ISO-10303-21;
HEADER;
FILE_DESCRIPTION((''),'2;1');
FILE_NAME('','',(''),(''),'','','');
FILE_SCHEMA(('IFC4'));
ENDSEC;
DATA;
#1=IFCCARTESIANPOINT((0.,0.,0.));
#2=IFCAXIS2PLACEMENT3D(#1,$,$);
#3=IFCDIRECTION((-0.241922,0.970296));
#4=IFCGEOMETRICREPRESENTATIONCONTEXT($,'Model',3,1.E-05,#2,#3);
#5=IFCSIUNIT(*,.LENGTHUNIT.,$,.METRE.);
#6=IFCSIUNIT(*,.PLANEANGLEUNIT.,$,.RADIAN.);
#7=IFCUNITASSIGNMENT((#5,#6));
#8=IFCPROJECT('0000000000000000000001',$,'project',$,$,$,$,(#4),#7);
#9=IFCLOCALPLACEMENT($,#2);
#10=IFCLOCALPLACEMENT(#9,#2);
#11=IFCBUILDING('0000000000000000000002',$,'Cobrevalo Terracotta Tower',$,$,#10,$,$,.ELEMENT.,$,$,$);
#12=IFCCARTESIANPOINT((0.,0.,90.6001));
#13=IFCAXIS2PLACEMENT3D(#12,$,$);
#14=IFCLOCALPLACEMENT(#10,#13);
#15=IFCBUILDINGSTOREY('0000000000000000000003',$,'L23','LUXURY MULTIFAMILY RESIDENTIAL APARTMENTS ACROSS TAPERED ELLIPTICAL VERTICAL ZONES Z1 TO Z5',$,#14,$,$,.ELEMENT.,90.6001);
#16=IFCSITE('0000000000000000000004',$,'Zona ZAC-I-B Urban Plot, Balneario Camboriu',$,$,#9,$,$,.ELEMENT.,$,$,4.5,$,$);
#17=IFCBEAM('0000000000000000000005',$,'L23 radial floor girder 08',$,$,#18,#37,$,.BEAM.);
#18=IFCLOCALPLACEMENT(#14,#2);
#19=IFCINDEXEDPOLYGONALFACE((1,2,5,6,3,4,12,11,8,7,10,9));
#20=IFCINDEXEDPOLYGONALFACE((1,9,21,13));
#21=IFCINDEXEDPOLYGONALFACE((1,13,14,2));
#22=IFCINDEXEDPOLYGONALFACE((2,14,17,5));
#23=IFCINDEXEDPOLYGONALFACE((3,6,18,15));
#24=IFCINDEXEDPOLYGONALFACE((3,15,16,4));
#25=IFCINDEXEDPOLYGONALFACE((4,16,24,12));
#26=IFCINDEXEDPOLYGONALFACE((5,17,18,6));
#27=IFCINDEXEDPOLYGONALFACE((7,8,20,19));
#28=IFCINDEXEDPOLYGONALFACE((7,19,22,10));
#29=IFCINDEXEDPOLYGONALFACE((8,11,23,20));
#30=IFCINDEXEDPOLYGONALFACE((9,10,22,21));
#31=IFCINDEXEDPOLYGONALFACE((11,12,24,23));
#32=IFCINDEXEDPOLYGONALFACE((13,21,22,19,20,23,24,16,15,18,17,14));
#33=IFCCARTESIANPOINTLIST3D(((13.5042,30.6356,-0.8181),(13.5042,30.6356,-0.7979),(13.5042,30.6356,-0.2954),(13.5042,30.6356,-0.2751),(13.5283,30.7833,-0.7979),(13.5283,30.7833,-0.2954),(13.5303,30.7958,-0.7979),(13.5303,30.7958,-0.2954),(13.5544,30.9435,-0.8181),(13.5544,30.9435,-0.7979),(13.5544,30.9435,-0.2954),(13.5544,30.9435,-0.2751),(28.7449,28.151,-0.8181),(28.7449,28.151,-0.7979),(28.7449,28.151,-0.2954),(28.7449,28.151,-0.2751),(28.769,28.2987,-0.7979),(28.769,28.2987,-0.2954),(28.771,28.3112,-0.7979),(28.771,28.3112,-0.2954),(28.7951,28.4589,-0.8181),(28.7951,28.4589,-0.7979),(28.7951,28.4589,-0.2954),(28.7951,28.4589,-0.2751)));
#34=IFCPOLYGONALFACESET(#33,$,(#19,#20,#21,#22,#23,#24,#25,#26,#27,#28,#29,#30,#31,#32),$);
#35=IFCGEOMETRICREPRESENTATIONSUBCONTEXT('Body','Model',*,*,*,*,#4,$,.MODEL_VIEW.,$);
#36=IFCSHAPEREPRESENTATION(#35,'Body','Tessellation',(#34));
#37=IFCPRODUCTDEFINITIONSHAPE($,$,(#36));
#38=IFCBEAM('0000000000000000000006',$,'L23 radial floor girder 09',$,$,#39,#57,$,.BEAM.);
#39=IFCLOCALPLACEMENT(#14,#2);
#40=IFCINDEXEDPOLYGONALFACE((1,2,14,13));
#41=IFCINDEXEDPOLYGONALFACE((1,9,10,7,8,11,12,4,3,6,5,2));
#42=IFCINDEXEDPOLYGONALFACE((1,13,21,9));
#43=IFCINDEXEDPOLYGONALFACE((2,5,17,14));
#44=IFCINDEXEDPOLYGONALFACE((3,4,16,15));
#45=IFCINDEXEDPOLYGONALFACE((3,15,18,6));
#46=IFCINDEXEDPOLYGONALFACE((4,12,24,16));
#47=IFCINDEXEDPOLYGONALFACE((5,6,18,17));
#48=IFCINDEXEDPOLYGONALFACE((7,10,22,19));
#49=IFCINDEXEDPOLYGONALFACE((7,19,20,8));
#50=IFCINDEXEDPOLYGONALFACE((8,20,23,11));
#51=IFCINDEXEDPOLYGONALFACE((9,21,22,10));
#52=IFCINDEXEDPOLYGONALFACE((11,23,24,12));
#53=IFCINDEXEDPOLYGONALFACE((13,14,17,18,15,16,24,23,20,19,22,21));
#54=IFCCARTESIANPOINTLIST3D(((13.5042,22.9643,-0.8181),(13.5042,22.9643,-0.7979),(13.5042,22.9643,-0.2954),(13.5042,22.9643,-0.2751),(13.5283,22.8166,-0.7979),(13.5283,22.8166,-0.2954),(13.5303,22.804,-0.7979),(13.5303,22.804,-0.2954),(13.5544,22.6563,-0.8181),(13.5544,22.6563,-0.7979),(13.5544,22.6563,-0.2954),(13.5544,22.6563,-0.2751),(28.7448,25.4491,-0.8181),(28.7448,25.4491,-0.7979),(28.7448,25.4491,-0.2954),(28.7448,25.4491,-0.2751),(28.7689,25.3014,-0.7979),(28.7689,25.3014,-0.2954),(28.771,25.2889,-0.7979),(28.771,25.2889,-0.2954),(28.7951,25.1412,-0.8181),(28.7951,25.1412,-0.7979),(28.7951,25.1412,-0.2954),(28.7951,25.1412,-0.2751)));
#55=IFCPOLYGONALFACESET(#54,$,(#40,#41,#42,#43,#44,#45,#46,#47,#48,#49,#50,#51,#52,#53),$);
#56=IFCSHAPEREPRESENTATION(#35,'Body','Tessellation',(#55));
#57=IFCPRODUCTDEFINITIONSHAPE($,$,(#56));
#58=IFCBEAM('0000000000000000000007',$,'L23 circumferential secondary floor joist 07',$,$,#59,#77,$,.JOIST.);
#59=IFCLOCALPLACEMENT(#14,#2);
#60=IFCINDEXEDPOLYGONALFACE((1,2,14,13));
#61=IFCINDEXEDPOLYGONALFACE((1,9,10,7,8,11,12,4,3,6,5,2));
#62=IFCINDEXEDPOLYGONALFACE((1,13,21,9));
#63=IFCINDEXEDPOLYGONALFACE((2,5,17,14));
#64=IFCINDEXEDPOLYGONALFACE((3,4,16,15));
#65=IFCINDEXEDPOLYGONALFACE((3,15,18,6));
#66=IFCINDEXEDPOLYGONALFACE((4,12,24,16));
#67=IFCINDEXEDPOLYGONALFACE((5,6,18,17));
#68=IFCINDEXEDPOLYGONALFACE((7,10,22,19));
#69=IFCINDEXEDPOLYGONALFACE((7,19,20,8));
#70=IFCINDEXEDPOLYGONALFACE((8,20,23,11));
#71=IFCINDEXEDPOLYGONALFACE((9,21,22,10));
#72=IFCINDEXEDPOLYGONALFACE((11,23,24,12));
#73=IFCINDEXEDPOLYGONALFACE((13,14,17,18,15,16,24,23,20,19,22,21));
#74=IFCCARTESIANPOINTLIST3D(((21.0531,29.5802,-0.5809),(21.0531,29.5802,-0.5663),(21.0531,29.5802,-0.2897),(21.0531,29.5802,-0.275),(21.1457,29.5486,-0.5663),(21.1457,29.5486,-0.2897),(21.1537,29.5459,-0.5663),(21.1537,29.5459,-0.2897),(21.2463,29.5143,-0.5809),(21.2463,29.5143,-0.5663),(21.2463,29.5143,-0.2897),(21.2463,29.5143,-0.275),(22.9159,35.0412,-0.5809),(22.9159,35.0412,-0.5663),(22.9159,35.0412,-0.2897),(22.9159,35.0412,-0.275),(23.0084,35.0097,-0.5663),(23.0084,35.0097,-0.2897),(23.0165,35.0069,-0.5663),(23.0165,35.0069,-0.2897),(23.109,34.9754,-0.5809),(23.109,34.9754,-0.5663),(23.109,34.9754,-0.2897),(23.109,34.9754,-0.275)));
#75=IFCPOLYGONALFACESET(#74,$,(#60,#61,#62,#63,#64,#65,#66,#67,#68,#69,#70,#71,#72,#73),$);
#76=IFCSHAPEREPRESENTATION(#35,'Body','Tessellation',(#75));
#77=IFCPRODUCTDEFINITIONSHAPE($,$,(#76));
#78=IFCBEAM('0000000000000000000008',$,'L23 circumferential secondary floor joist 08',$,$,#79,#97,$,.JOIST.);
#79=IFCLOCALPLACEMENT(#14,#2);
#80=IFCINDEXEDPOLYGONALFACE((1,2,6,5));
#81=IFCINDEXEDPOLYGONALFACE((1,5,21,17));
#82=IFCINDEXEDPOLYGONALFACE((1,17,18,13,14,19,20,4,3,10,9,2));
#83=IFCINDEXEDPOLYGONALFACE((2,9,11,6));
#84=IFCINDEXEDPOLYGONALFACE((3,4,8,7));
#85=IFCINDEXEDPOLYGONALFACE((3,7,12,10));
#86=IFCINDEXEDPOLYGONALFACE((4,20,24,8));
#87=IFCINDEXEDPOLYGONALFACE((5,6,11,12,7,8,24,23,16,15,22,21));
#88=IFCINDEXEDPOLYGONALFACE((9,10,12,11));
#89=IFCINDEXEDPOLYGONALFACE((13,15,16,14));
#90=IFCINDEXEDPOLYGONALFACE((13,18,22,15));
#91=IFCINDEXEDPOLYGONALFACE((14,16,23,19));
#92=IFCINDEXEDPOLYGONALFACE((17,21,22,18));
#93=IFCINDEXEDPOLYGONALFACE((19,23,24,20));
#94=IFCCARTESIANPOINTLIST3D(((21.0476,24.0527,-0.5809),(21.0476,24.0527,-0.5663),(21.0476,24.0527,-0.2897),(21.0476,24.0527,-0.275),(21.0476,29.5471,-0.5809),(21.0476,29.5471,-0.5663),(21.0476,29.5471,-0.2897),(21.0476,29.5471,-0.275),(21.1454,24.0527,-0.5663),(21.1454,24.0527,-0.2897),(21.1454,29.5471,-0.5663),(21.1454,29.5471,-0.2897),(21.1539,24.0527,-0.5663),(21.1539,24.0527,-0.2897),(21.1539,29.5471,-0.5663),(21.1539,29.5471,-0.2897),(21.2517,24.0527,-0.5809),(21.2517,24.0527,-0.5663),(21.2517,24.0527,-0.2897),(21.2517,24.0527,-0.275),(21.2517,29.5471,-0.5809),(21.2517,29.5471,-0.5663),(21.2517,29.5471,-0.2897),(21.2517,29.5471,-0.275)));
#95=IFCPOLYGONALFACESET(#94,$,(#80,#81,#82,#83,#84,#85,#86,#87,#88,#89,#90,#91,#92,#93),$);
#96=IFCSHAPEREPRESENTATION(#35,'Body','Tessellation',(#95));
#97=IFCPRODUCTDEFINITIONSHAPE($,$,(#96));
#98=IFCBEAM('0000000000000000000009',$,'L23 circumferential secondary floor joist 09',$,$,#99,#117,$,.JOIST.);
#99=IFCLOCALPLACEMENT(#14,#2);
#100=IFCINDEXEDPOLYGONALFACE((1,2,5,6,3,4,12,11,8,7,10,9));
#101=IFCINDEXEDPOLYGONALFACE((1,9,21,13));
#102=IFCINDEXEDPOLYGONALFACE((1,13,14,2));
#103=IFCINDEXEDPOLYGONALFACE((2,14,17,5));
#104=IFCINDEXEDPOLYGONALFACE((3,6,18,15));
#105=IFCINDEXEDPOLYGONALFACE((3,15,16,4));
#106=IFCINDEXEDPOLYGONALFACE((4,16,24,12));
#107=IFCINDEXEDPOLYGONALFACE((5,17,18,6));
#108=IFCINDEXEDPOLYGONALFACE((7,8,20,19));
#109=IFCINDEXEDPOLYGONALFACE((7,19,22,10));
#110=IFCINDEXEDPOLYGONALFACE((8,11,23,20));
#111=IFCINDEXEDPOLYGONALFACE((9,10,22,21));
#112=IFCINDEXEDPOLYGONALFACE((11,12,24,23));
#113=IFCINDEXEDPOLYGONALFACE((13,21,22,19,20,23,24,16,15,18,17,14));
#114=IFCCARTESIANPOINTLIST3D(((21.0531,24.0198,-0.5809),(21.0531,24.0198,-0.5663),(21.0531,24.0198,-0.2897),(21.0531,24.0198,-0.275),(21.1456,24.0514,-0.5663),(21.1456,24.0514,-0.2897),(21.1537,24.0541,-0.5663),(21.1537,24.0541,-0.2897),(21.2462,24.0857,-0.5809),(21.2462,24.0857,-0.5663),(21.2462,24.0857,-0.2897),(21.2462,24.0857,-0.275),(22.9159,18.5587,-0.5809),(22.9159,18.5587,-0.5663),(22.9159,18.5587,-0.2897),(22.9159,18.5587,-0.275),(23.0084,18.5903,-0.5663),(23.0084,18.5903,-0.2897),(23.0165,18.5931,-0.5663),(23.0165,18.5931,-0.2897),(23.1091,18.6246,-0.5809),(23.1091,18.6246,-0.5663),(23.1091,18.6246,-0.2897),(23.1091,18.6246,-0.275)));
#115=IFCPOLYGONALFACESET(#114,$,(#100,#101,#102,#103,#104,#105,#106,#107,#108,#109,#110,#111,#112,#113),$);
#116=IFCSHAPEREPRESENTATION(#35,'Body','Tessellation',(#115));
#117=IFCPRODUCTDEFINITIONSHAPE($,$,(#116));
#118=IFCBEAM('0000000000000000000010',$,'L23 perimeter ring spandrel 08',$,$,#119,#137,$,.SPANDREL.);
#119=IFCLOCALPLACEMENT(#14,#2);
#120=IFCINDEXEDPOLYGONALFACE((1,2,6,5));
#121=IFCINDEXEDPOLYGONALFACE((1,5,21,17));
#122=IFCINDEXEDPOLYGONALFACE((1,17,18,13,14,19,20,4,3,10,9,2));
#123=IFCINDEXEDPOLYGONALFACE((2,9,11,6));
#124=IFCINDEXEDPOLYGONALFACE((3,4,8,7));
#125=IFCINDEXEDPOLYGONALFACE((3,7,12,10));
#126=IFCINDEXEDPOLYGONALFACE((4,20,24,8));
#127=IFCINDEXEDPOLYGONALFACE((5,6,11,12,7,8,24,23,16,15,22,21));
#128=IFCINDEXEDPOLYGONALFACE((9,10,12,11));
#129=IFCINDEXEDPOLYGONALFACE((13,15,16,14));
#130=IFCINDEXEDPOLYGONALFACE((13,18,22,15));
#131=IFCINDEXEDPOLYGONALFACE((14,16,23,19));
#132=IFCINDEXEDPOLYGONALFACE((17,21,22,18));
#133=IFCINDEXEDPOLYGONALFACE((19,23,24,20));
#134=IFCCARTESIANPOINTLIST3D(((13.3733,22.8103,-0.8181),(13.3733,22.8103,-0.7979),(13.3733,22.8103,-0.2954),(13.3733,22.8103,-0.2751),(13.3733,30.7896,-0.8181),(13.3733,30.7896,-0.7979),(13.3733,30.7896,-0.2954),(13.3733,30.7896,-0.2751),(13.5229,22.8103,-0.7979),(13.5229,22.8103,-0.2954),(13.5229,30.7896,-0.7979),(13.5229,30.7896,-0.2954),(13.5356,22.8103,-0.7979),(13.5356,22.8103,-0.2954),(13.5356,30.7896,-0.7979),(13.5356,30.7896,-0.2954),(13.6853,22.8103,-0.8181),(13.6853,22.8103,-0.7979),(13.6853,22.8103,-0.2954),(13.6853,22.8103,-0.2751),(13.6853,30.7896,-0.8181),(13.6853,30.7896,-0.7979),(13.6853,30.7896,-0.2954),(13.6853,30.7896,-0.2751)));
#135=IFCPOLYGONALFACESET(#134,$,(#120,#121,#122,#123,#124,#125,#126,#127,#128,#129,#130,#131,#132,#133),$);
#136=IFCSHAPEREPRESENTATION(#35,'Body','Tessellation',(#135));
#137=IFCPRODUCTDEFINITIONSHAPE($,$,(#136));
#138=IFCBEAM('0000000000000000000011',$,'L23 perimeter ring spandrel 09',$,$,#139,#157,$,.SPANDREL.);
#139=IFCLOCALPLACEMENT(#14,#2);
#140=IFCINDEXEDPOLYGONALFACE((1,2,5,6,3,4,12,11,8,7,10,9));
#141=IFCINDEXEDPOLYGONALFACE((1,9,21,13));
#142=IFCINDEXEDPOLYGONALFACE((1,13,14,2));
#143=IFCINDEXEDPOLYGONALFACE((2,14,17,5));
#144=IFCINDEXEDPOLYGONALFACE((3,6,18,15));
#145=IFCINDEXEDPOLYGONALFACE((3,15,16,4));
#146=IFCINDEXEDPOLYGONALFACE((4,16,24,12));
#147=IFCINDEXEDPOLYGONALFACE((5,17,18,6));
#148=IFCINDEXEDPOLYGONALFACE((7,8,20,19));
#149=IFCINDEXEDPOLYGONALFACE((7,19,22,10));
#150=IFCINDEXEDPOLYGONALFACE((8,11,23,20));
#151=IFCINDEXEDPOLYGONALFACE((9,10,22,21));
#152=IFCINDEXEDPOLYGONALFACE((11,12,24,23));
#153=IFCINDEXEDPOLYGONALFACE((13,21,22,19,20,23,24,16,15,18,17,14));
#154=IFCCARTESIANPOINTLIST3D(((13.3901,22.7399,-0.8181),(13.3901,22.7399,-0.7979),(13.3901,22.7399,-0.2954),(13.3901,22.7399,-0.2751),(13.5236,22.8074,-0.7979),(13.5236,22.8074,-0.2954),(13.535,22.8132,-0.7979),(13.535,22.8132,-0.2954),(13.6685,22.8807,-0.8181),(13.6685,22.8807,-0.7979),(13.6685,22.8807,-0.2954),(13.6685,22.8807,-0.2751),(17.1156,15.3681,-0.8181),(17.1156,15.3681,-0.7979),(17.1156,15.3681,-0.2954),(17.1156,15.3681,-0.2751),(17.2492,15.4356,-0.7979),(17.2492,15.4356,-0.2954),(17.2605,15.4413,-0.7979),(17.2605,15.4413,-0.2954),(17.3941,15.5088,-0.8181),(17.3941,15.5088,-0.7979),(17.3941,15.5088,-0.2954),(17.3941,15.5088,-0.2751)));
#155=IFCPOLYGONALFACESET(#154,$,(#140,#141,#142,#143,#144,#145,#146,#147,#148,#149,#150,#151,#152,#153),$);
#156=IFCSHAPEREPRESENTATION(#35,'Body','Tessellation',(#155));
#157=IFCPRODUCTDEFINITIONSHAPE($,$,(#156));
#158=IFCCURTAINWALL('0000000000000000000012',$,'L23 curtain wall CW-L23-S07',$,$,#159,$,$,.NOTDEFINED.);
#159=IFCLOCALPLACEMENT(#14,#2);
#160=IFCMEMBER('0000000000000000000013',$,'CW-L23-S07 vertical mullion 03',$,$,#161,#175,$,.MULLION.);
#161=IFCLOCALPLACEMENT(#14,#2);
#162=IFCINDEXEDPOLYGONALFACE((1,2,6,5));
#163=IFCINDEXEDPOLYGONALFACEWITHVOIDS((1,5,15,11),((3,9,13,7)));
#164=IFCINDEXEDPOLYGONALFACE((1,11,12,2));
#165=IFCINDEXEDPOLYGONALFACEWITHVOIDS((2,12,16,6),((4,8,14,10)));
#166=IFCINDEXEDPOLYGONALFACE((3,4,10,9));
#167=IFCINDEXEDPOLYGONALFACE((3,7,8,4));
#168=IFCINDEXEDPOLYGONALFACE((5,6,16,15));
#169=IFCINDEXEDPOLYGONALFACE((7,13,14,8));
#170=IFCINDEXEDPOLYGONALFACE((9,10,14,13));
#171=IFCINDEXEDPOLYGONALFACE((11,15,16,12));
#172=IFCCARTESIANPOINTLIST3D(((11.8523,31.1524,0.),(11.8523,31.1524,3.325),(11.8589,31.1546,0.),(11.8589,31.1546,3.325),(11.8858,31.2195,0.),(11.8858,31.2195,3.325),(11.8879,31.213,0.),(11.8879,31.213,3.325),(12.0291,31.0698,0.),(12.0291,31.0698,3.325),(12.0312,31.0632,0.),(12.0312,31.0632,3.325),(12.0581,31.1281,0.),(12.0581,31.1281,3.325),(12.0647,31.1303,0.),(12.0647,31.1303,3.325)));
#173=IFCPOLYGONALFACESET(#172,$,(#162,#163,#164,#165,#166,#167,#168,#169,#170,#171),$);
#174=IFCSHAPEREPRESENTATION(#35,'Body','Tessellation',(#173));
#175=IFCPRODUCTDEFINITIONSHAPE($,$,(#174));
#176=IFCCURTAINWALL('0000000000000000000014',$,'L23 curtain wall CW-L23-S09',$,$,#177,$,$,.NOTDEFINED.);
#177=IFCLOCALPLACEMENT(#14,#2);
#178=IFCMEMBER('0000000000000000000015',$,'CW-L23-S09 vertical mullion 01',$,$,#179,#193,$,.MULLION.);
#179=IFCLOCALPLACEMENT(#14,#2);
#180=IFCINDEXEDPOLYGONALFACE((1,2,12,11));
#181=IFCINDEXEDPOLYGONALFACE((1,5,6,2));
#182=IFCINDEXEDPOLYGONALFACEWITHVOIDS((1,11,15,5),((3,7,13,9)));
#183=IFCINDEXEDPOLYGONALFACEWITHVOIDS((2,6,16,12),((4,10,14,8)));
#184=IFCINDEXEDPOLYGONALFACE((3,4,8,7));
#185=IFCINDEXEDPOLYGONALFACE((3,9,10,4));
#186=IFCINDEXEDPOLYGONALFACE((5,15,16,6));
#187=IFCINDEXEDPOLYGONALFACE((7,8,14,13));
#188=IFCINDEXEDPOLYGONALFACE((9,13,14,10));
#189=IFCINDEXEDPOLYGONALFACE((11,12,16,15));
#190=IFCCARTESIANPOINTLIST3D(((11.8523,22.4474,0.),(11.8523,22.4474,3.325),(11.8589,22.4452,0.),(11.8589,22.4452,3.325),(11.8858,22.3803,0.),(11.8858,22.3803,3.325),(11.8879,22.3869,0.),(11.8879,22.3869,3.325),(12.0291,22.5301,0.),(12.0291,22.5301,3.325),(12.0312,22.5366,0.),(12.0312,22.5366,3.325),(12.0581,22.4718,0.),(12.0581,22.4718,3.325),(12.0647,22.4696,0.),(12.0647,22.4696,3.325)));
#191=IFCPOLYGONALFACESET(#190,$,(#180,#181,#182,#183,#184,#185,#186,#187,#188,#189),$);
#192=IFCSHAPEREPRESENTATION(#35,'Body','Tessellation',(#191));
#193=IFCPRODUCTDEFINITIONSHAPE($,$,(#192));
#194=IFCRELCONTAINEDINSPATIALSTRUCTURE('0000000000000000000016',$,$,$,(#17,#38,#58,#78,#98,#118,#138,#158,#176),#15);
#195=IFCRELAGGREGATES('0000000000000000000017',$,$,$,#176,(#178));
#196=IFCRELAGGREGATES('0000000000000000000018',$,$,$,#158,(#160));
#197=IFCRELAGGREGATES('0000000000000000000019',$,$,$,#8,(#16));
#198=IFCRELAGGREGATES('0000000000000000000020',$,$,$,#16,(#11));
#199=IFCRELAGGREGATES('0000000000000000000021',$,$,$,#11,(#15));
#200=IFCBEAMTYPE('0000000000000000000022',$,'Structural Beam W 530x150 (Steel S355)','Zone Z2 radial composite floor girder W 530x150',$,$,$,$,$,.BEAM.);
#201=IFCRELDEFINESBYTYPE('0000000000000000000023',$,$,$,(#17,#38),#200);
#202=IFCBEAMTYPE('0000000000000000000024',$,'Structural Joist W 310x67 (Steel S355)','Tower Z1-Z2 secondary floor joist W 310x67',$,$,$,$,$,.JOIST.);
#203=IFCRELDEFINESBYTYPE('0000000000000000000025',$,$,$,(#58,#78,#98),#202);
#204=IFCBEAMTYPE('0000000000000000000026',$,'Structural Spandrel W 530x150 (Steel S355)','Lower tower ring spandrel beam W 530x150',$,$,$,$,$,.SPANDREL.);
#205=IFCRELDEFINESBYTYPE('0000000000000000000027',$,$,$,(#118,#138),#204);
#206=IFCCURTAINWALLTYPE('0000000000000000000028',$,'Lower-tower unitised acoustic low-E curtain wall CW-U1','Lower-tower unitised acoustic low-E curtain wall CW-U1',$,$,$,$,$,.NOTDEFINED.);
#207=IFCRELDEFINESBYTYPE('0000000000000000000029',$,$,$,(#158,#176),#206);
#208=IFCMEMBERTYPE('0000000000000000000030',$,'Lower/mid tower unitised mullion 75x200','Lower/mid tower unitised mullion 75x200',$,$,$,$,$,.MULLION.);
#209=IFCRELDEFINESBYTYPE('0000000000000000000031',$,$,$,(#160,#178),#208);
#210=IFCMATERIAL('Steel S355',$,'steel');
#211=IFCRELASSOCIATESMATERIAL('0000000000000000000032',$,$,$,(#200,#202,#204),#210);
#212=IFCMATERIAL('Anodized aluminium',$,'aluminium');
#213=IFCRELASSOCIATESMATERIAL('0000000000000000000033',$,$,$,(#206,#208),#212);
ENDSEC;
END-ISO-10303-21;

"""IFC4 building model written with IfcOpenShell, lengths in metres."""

from ifc_helpers import new_model, si_unit, direction, frame, origin, origin_2d, place, context, subcontext, project, spatial, hollow_rectangle, i_section, extrude, source, transform, mapped, material, material_profile, profile_set, type_object, element, aggregate, save


model = new_model("IFC4")

# Units and contexts
model_context = context("Model", 3, precision=1e-05, world=origin(), true_north=direction((-0.241922, 0.970296)))
body_context = subcontext(model_context, "Body", "Model", "MODEL_VIEW")
ifc_project = project(units=[si_unit("LENGTHUNIT", "METRE"), si_unit("PLANEANGLEUNIT", "RADIAN")], contexts=[model_context])

# Site, building, storey
site_placement = place(None, origin())
site = spatial("IfcSite", under=ifc_project, at=site_placement, Name="Zona ZAC-I-B Urban Plot, Balneario Camboriu", CompositionType="ELEMENT", RefElevation=4.5)
building_placement = place(site_placement, origin())
building = spatial("IfcBuilding", under=site, at=building_placement, Name="Cobrevalo Terracotta Tower", CompositionType="ELEMENT")
storey_placement = place(building_placement, frame((0.0, 0.0, 90.6001)))
storey = spatial("IfcBuildingStorey", under=building, at=storey_placement, Name="L23", Description="LUXURY MULTIFAMILY RESIDENTIAL APARTMENTS ACROSS TAPERED ELLIPTICAL VERTICAL ZONES Z1 TO Z5", CompositionType="ELEMENT", Elevation=90.6001)

# Shared definitions
ifc_material_1 = material(Name="Steel S355", Category="steel")

# Beams
ifc_material_profile_1 = material_profile(ifc_material_1, i_section(OverallWidth=0.312, OverallDepth=0.543, WebThickness=0.0127, FlangeThickness=0.0203, at=origin_2d()), Name="W 530x150")
ifc_profile_set_1 = profile_set([ifc_material_profile_1], Name="Steel S355")
beam_type_1 = type_object("IfcBeamType", Name="Structural Beam W 530x150 (Steel S355)", Description="Zone Z2 radial composite floor girder W 530x150", PredefinedType="BEAM", material=ifc_profile_set_1)
for number, where, z_axis, x_axis, name in (
    (1, (13.5293, 30.7896, -0.5466), (0.986971, -0.160901, 0.0), (0.160901, 0.986971, 0.0), "L23 radial floor girder 08"),
    (2, (13.5293, 22.8103, -0.5466), (0.986968, 0.160916, 0.0), (-0.160916, 0.986968, 0.0), "L23 radial floor girder 09"),
):
    element("IfcBeam", number, at=place(storey_placement, frame(where, z_axis=z_axis, x_axis=x_axis)), inside=storey, type_object=beam_type_1, Name=name, PredefinedType="BEAM", context=body_context, shape_type="SweptSolid", body=[
        extrude(i_section(OverallWidth=0.312, OverallDepth=0.543, WebThickness=0.0127, FlangeThickness=0.0203, at=origin_2d()), origin(), (0.0, 0.0, 1.0), 15.4419),
    ])
ifc_material_profile_2 = material_profile(ifc_material_1, i_section(OverallWidth=0.2041, OverallDepth=0.3059, WebThickness=0.0085, FlangeThickness=0.0146, at=origin_2d()), Name="W 310x67")
ifc_profile_set_2 = profile_set([ifc_material_profile_2], Name="Steel S355")
beam_type_2 = type_object("IfcBeamType", Name="Structural Joist W 310x67 (Steel S355)", Description="Tower Z1-Z2 secondary floor joist W 310x67", PredefinedType="JOIST", material=ifc_profile_set_2)
beam_1_placement = place(storey_placement, frame((23.0125, 35.0083, -0.428), z_axis=(-0.322833, -0.946456, 0.0), x_axis=(0.946456, -0.322833, 0.0)))
element("IfcBeam", 3, at=beam_1_placement, inside=storey, type_object=beam_type_2, Name="L23 circumferential secondary floor joist 07", PredefinedType="JOIST", context=body_context, shape_type="SweptSolid", body=[
    extrude(i_section(OverallWidth=0.2041, OverallDepth=0.3059, WebThickness=0.0085, FlangeThickness=0.0146, at=origin_2d()), origin(), (0.0, 0.0, 1.0), 5.77),
])
beam_2_placement = place(storey_placement, frame((21.1497, 29.5471, -0.428), z_axis=(0.0, -1.0, 0.0), x_axis=(1.0, 0.0, 0.0)))
element("IfcBeam", 4, at=beam_2_placement, inside=storey, type_object=beam_type_2, Name="L23 circumferential secondary floor joist 08", PredefinedType="JOIST", context=body_context, shape_type="SweptSolid", body=[
    extrude(i_section(OverallWidth=0.2041, OverallDepth=0.3059, WebThickness=0.0085, FlangeThickness=0.0146, at=origin_2d()), origin(), (0.0, 0.0, 1.0), 5.4944),
])
beam_3_placement = place(storey_placement, frame((21.1497, 24.0527, -0.428), z_axis=(0.322846, -0.946451, 0.0), x_axis=(0.946451, 0.322846, 0.0)))
element("IfcBeam", 5, at=beam_3_placement, inside=storey, type_object=beam_type_2, Name="L23 circumferential secondary floor joist 09", PredefinedType="JOIST", context=body_context, shape_type="SweptSolid", body=[
    extrude(i_section(OverallWidth=0.2041, OverallDepth=0.3059, WebThickness=0.0085, FlangeThickness=0.0146, at=origin_2d()), origin(), (0.0, 0.0, 1.0), 5.77),
])
ifc_material_profile_3 = material_profile(ifc_material_1, i_section(OverallWidth=0.312, OverallDepth=0.543, WebThickness=0.0127, FlangeThickness=0.0203, at=origin_2d()), Name="W 530x150")
ifc_profile_set_3 = profile_set([ifc_material_profile_3], Name="Steel S355")
beam_type_3 = type_object("IfcBeamType", Name="Structural Spandrel W 530x150 (Steel S355)", Description="Lower tower ring spandrel beam W 530x150", PredefinedType="SPANDREL", material=ifc_profile_set_3)
beam_4_placement = place(storey_placement, frame((13.5293, 30.7896, -0.5466), z_axis=(0.0, -1.0, 0.0), x_axis=(1.0, 0.0, 0.0)))
element("IfcBeam", 6, at=beam_4_placement, inside=storey, type_object=beam_type_3, Name="L23 perimeter ring spandrel 08", PredefinedType="SPANDREL", context=body_context, shape_type="SweptSolid", body=[
    extrude(i_section(OverallWidth=0.312, OverallDepth=0.543, WebThickness=0.0127, FlangeThickness=0.0203, at=origin_2d()), origin(), (0.0, 0.0, 1.0), 7.9792),
])
beam_5_placement = place(storey_placement, frame((13.5293, 22.8103, -0.5466), z_axis=(0.451052, -0.892498, 0.0), x_axis=(0.892498, 0.451052, 0.0)))
element("IfcBeam", 7, at=beam_5_placement, inside=storey, type_object=beam_type_3, Name="L23 perimeter ring spandrel 09", PredefinedType="SPANDREL", context=body_context, shape_type="SweptSolid", body=[
    extrude(i_section(OverallWidth=0.312, OverallDepth=0.543, WebThickness=0.0127, FlangeThickness=0.0203, at=origin_2d()), origin(), (0.0, 0.0, 1.0), 8.2598),
])

# Curtain walls, members
ifc_material_2 = material(Name="Anodized aluminium", Category="aluminium")
curtain_wall_type = type_object("IfcCurtainWallType", Name="Lower-tower unitised acoustic low-E curtain wall CW-U1", Description="Lower-tower unitised acoustic low-E curtain wall CW-U1", PredefinedType="NOTDEFINED", material=ifc_material_2)
curtain_wall_1_placement = place(storey_placement, origin())
curtain_wall_1 = element("IfcCurtainWall", 8, at=curtain_wall_1_placement, inside=storey, type_object=curtain_wall_type, Name="L23 curtain wall CW-L23-S07", PredefinedType="NOTDEFINED")
ifc_material_profile_4 = material_profile(ifc_material_2, hollow_rectangle(XDim=0.075, YDim=0.2, WallThickness=0.0049, at=origin_2d()), Name="CWM 75x200")
ifc_profile_set_4 = profile_set([ifc_material_profile_4], Name="Anodized aluminium")
member_type_1 = type_object("IfcMemberType", Name="Lower/mid tower unitised mullion 75x200", Description="Lower/mid tower unitised mullion 75x200", PredefinedType="MULLION", material=ifc_profile_set_4)
shared_shape_1 = source(origin(), body_context, "Body", "SweptSolid", [
    extrude(hollow_rectangle(XDim=0.075, YDim=0.2, WallThickness=0.0049, at=origin_2d()), origin(), (0.0, 0.0, 1.0), 3.325),
])
member_1_placement = place(storey_placement, frame((11.9585, 31.1414, 0.0), z_axis=(0.0, 0.0, 1.0), x_axis=(-0.44626, -0.894903, 0.0)))
member_1 = element("IfcMember", 9, at=member_1_placement, type_object=member_type_1, Name="CW-L23-S07 vertical mullion 03", PredefinedType="MULLION", context=body_context, shape_type="MappedRepresentation", body=[
    mapped(shared_shape_1, transform((0.0, 0.0, 0.0), scale=1.0)),
])
curtain_wall_2_placement = place(storey_placement, origin())
curtain_wall_2 = element("IfcCurtainWall", 10, at=curtain_wall_2_placement, inside=storey, type_object=curtain_wall_type, Name="L23 curtain wall CW-L23-S09", PredefinedType="NOTDEFINED")
member_2_placement = place(storey_placement, frame((11.9585, 22.4585, 0.0), z_axis=(0.0, 0.0, 1.0), x_axis=(0.44626, -0.894903, 0.0)))
member_2 = element("IfcMember", 11, at=member_2_placement, type_object=member_type_1, Name="CW-L23-S09 vertical mullion 01", PredefinedType="MULLION", context=body_context, shape_type="MappedRepresentation", body=[
    mapped(shared_shape_1, transform((0.0, 0.0, 0.0), scale=1.0)),
])
aggregate(curtain_wall_2, [member_2])

aggregate(curtain_wall_1, [member_1])

save(model, "model.ifc")
